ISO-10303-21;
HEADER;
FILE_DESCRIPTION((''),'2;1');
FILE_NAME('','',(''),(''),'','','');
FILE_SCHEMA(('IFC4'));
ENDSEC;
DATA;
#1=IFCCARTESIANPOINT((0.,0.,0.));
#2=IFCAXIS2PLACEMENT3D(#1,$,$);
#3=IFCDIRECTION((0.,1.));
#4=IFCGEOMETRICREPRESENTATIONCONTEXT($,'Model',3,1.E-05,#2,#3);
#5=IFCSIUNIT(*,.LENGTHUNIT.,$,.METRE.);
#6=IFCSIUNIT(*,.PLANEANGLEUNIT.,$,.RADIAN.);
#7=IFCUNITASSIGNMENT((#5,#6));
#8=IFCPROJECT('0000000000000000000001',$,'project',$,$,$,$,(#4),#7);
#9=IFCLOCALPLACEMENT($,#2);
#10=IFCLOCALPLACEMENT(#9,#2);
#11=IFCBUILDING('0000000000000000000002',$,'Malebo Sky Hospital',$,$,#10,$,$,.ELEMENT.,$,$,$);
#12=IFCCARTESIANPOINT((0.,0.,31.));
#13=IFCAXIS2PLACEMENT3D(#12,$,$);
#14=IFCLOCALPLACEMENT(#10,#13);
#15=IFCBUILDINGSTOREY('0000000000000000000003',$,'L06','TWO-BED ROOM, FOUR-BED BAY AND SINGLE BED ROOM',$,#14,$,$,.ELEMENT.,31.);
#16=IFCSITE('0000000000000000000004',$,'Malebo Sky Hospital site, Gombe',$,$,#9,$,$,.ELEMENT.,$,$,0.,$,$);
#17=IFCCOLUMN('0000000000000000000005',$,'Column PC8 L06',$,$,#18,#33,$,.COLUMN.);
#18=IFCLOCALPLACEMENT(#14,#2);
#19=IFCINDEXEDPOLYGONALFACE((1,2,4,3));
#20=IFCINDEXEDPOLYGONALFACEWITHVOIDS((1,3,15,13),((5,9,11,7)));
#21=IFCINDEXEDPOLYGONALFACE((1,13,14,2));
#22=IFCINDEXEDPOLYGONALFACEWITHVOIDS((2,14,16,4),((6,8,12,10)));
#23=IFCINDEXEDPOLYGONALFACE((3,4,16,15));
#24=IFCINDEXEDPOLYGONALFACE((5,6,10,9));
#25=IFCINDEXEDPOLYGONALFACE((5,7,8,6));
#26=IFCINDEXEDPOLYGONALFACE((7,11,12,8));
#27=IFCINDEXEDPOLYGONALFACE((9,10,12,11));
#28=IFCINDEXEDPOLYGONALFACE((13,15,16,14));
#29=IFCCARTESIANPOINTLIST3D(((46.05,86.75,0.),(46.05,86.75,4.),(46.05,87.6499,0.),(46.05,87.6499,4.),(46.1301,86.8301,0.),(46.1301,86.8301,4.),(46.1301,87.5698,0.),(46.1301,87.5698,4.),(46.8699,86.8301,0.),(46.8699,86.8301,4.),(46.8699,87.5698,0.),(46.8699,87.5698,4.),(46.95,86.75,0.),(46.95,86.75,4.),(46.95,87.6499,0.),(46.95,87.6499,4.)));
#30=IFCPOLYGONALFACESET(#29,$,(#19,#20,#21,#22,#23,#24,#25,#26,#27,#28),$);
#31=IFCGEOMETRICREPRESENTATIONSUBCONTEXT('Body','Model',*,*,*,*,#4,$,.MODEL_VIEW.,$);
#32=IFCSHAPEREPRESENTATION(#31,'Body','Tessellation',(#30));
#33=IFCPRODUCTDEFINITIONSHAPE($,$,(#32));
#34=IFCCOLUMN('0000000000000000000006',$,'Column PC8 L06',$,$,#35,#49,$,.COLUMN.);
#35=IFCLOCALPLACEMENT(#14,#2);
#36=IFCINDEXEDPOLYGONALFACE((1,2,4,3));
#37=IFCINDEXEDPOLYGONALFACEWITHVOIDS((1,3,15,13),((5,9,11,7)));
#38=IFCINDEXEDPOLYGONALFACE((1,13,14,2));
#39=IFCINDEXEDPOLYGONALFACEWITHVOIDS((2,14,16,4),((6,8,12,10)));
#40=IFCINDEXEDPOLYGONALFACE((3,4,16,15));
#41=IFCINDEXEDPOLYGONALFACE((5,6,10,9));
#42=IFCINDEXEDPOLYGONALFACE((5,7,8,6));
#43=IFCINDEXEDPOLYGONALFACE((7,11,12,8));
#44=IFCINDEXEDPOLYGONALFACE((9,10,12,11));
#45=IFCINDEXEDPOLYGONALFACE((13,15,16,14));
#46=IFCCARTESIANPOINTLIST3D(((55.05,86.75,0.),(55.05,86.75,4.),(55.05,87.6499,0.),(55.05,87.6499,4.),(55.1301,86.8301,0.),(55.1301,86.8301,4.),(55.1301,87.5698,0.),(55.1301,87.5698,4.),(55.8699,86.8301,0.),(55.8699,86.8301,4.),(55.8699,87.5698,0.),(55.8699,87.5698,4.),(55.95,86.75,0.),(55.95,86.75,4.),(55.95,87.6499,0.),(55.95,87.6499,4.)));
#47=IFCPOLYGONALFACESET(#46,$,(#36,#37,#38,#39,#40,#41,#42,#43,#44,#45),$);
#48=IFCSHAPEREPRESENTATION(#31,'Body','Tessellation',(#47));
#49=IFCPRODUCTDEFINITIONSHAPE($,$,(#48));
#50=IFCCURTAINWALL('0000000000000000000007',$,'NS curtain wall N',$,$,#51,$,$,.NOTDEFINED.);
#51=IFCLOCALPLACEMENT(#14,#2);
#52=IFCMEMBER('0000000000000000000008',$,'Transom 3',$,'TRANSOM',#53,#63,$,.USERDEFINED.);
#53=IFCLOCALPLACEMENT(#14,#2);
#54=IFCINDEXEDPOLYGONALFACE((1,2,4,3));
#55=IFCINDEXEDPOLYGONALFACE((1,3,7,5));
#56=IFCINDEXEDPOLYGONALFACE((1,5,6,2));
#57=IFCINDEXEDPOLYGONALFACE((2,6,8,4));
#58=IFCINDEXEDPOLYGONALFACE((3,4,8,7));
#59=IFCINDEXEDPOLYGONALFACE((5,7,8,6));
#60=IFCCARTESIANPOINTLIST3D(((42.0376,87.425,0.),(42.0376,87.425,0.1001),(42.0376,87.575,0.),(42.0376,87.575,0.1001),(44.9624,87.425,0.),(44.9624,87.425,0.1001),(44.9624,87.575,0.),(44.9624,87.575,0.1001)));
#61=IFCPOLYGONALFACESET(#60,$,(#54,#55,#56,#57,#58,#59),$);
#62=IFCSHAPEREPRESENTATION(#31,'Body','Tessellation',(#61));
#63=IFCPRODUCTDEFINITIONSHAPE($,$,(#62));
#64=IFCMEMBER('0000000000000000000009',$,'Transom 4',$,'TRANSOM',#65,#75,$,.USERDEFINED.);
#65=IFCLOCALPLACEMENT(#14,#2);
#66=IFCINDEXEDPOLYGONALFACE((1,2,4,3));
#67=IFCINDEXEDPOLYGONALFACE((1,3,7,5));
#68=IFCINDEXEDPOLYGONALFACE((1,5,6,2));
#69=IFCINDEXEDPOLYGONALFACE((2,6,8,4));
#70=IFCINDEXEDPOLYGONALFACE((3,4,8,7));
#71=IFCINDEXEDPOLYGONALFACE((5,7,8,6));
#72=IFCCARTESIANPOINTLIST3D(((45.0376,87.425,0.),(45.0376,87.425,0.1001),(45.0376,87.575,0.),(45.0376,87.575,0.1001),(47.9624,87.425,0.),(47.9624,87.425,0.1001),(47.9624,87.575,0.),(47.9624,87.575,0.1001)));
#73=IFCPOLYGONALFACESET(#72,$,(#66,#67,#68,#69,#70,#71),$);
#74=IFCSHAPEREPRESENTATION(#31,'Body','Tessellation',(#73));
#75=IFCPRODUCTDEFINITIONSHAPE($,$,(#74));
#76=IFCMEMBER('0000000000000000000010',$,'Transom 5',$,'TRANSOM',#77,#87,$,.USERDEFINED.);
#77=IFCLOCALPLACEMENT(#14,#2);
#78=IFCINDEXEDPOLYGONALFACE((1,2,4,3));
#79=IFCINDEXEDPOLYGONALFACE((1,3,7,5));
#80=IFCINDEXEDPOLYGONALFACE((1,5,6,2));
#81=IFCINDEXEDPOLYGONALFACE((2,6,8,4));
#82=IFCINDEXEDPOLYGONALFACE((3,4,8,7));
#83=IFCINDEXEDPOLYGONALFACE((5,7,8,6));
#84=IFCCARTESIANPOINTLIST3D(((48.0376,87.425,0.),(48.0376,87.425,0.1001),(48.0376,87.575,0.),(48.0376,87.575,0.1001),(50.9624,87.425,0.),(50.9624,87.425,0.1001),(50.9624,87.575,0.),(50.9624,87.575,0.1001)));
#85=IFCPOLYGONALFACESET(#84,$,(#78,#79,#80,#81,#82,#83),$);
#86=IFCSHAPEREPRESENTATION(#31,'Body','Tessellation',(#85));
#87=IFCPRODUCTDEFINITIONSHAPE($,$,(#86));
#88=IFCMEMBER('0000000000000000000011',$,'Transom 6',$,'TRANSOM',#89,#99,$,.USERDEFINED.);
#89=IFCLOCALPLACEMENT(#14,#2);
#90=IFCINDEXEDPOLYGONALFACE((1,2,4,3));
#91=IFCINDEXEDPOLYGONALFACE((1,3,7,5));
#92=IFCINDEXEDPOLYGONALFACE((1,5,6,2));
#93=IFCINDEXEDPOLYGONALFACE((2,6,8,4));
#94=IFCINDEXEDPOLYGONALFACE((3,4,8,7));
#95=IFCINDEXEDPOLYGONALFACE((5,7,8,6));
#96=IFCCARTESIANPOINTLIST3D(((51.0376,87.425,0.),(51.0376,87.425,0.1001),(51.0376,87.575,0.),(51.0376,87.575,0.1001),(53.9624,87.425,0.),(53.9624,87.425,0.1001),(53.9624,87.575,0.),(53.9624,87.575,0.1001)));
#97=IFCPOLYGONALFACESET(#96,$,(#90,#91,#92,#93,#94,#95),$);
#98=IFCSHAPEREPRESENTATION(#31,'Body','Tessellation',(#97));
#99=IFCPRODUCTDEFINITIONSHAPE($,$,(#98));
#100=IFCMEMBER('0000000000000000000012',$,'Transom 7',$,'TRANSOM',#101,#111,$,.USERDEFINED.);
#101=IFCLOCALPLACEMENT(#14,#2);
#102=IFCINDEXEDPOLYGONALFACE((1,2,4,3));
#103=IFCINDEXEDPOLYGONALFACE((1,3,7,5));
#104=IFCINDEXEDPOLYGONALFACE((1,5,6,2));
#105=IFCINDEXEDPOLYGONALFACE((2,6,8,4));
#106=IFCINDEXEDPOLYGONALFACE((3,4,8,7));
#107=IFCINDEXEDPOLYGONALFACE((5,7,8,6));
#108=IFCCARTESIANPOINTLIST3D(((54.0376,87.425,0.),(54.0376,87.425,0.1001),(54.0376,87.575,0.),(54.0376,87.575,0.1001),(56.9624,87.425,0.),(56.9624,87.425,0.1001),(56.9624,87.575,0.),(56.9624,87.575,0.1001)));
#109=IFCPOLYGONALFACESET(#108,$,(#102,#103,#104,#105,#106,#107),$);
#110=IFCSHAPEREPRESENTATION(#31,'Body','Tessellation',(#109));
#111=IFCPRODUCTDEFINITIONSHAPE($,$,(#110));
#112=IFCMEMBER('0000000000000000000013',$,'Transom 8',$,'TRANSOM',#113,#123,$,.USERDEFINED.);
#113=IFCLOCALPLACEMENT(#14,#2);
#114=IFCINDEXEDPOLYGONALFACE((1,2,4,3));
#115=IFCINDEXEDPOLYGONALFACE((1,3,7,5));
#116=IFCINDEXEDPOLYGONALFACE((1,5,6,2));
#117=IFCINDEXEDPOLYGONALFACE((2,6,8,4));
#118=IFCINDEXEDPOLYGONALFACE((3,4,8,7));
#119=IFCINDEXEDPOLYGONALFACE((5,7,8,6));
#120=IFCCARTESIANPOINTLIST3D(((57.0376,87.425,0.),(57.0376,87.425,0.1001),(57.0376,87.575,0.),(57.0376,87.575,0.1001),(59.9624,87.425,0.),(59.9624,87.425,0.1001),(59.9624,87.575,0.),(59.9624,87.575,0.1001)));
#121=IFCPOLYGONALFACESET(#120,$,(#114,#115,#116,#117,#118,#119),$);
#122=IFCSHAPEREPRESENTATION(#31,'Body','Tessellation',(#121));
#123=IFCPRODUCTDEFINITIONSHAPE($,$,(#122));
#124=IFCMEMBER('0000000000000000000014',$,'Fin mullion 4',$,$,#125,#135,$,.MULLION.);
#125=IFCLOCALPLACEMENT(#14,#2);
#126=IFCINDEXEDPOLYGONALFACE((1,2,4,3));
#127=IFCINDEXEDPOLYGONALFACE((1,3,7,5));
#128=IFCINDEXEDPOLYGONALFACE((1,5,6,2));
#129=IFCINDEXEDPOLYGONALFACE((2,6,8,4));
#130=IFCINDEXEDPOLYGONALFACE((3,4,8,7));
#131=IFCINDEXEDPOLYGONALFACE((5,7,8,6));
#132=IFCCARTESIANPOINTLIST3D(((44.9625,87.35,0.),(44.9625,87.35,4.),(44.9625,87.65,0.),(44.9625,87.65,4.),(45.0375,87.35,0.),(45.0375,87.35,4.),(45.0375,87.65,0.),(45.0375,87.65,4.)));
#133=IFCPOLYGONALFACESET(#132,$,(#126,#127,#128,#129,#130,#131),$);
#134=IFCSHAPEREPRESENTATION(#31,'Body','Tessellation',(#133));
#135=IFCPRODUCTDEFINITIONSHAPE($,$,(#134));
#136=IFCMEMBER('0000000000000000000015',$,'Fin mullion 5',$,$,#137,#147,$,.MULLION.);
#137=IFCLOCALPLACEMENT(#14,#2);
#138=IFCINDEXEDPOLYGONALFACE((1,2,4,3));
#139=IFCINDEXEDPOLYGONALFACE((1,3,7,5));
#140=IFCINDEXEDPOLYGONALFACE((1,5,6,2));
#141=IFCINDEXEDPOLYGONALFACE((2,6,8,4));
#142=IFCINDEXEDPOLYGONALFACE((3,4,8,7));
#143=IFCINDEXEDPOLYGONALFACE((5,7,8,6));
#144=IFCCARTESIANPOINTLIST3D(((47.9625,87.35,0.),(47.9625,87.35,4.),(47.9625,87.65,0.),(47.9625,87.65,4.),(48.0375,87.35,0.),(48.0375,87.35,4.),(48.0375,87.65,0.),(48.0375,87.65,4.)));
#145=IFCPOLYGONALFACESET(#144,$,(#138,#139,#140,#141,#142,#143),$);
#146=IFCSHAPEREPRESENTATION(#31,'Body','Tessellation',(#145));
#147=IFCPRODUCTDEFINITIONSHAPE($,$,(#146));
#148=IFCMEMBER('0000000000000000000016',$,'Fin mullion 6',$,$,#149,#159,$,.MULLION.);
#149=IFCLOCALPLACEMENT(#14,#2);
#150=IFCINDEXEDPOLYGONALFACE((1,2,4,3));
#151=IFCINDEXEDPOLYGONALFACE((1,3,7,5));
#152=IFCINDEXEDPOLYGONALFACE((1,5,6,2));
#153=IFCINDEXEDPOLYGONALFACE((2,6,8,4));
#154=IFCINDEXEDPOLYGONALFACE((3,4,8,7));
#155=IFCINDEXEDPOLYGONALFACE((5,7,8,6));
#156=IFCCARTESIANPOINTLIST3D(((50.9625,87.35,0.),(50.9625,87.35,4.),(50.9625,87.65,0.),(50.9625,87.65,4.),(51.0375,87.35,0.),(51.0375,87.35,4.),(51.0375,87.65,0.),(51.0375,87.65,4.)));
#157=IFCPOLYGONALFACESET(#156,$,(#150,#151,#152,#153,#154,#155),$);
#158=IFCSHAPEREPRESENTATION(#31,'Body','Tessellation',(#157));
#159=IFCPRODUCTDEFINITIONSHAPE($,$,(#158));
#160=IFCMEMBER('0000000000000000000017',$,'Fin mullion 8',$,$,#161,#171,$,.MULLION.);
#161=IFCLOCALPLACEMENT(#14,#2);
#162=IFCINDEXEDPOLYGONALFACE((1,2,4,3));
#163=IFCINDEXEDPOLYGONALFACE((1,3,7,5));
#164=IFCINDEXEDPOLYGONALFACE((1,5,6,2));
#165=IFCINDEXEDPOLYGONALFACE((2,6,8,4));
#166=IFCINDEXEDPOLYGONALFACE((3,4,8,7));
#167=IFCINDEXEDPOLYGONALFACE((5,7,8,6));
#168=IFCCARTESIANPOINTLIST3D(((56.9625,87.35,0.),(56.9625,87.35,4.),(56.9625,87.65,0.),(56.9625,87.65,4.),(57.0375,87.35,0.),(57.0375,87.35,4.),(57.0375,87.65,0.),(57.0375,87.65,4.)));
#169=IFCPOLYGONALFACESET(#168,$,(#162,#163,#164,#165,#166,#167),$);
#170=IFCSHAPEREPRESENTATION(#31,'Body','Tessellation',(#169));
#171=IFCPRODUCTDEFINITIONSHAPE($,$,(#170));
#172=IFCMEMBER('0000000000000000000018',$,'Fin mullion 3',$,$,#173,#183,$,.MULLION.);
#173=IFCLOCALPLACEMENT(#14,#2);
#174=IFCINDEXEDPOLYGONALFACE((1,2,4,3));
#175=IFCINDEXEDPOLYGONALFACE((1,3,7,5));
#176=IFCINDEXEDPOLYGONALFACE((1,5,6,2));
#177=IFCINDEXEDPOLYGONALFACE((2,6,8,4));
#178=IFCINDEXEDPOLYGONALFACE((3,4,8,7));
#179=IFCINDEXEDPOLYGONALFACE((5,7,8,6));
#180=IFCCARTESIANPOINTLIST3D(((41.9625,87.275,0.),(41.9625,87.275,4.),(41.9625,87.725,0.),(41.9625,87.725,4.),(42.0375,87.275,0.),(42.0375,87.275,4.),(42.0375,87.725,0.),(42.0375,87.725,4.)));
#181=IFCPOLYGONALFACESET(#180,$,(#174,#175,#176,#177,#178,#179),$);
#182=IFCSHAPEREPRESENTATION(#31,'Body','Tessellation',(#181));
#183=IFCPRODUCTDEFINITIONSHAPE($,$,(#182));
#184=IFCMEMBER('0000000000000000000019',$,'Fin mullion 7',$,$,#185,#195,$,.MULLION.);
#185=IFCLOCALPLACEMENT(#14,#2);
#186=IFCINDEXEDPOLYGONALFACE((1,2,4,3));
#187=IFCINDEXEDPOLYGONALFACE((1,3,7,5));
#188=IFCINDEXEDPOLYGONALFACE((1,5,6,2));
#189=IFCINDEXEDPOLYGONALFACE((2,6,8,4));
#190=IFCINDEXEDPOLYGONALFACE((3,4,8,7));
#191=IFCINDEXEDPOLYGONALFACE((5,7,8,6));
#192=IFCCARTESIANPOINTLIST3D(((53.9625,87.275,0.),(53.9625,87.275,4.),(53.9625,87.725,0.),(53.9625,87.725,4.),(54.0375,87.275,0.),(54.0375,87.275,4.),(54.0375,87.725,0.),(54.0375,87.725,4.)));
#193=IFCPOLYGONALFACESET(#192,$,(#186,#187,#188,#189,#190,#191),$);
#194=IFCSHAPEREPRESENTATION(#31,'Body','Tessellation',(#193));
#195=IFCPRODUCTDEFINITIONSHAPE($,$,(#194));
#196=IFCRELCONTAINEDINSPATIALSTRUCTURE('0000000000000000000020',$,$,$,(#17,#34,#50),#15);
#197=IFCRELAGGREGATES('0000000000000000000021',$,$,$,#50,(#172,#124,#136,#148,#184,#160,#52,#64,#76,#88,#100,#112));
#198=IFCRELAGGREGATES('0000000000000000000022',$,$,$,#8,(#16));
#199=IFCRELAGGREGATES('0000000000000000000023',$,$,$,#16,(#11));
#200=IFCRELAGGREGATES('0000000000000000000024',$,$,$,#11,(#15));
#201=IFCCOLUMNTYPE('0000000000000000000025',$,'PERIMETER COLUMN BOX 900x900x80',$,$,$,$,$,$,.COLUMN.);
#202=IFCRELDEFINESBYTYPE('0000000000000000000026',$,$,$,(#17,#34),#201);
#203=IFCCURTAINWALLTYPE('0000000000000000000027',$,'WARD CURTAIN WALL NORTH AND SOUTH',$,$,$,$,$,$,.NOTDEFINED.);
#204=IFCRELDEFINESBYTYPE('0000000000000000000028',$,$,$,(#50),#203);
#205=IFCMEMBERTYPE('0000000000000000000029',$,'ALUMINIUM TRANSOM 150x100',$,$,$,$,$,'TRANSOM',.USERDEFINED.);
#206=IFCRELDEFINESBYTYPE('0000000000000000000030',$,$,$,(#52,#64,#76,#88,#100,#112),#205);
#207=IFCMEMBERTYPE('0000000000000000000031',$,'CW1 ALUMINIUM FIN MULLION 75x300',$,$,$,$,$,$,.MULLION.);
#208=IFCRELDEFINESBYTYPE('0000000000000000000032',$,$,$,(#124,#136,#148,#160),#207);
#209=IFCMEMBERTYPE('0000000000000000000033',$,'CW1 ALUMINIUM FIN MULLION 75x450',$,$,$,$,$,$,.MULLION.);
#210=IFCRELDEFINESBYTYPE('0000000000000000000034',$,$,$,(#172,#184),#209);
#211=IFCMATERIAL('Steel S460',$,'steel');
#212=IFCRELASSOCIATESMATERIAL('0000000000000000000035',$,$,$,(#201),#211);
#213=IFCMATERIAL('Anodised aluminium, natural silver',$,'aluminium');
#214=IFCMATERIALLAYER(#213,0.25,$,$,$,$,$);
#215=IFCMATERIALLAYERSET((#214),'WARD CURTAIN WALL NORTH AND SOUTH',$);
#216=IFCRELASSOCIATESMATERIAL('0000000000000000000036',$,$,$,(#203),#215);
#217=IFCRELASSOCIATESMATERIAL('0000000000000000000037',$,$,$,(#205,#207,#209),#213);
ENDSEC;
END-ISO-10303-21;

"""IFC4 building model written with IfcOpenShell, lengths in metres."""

from ifc_helpers import new_model, si_unit, direction, frame, origin, origin_2d, place, context, subcontext, project, spatial, rectangle, hollow_rectangle, extrude, material, layer, layer_set, material_profile, profile_set, type_object, element, aggregate, save


model = new_model("IFC4")

# Units and contexts
model_context = context("Model", 3, precision=1e-05, world=origin(), true_north=direction((0.0, 1.0)))
body_context = subcontext(model_context, "Body", "Model", "MODEL_VIEW")
ifc_project = project(units=[si_unit("LENGTHUNIT", "METRE"), si_unit("PLANEANGLEUNIT", "RADIAN")], contexts=[model_context])

# Site, building, storey
site_placement = place(None, origin())
site = spatial("IfcSite", under=ifc_project, at=site_placement, Name="Malebo Sky Hospital site, Gombe", CompositionType="ELEMENT", RefElevation=0.0)
building_placement = place(site_placement, origin())
building = spatial("IfcBuilding", under=site, at=building_placement, Name="Malebo Sky Hospital", CompositionType="ELEMENT")
storey_placement = place(building_placement, frame((0.0, 0.0, 31.0)))
storey = spatial("IfcBuildingStorey", under=building, at=storey_placement, Name="L06", Description="TWO-BED ROOM, FOUR-BED BAY AND SINGLE BED ROOM", CompositionType="ELEMENT", Elevation=31.0)

# Columns
ifc_material_1 = material(Name="Steel S460", Category="steel")
ifc_material_profile_1 = material_profile(ifc_material_1, hollow_rectangle(XDim=0.8999, YDim=0.8999, WallThickness=0.0801, at=origin_2d()), Name="BOX 900x900x80")
ifc_profile_set_1 = profile_set([ifc_material_profile_1], Name="Steel S460")
column_type = type_object("IfcColumnType", Name="PERIMETER COLUMN BOX 900x900x80", PredefinedType="COLUMN", material=ifc_profile_set_1)
for number, where, z_axis, x_axis, name in (
    (1, (46.5, 87.2, 0.0), (0.0, 0.0, 1.0), (1.0, 0.0, 0.0), "Column PC8 L06"),
    (2, (55.5, 87.2, 0.0), (0.0, 0.0, 1.0), (1.0, 0.0, 0.0), "Column PC8 L06"),
):
    element("IfcColumn", number, at=place(storey_placement, frame(where, z_axis=z_axis, x_axis=x_axis)), inside=storey, type_object=column_type, Name=name, PredefinedType="COLUMN", context=body_context, shape_type="SweptSolid", body=[
        extrude(hollow_rectangle(XDim=0.8999, YDim=0.8999, WallThickness=0.0801, at=origin_2d()), origin(), (0.0, 0.0, 1.0), 4.0),
    ])

# Curtain wall, members
ifc_material_2 = material(Name="Anodised aluminium, natural silver", Category="aluminium")
ifc_layer_1 = layer(ifc_material_2, 0.25)
ifc_layer_set_1 = layer_set([ifc_layer_1], Name="WARD CURTAIN WALL NORTH AND SOUTH")
curtain_wall_type = type_object("IfcCurtainWallType", Name="WARD CURTAIN WALL NORTH AND SOUTH", PredefinedType="NOTDEFINED", material=ifc_layer_set_1)
curtain_wall_placement = place(storey_placement, origin())
curtain_wall = element("IfcCurtainWall", 3, at=curtain_wall_placement, inside=storey, type_object=curtain_wall_type, Name="NS curtain wall N", PredefinedType="NOTDEFINED")
ifc_material_profile_2 = material_profile(ifc_material_2, rectangle(XDim=0.1499, YDim=0.1001, at=origin_2d()), Name="ALUMINIUM TRANSOM 150x100")
ifc_profile_set_2 = profile_set([ifc_material_profile_2], Name="Anodised aluminium, natural silver")
member_type_1 = type_object("IfcMemberType", Name="ALUMINIUM TRANSOM 150x100", ElementType="TRANSOM", PredefinedType="USERDEFINED", material=ifc_profile_set_2)
member_1_placement = place(storey_placement, frame((42.0376, 87.5, 0.05), z_axis=(1.0, 0.0, 0.0), x_axis=(0.0, 1.0, 0.0)))
member_1 = element("IfcMember", 4, at=member_1_placement, type_object=member_type_1, Name="Transom 3", ObjectType="TRANSOM", PredefinedType="USERDEFINED", context=body_context, shape_type="SweptSolid", body=[
    extrude(rectangle(XDim=0.1499, YDim=0.1001, at=origin_2d()), origin(), (0.0, 0.0, 1.0), 2.9248),
])
member_2_placement = place(storey_placement, frame((45.0376, 87.5, 0.05), z_axis=(1.0, 0.0, 0.0), x_axis=(0.0, 1.0, 0.0)))
member_2 = element("IfcMember", 5, at=member_2_placement, type_object=member_type_1, Name="Transom 4", ObjectType="TRANSOM", PredefinedType="USERDEFINED", context=body_context, shape_type="SweptSolid", body=[
    extrude(rectangle(XDim=0.1499, YDim=0.1001, at=origin_2d()), origin(), (0.0, 0.0, 1.0), 2.9248),
])
member_3_placement = place(storey_placement, frame((48.0376, 87.5, 0.05), z_axis=(1.0, 0.0, 0.0), x_axis=(0.0, 1.0, 0.0)))
member_3 = element("IfcMember", 6, at=member_3_placement, type_object=member_type_1, Name="Transom 5", ObjectType="TRANSOM", PredefinedType="USERDEFINED", context=body_context, shape_type="SweptSolid", body=[
    extrude(rectangle(XDim=0.1499, YDim=0.1001, at=origin_2d()), origin(), (0.0, 0.0, 1.0), 2.9248),
])
member_4_placement = place(storey_placement, frame((51.0376, 87.5, 0.05), z_axis=(1.0, 0.0, 0.0), x_axis=(0.0, 1.0, 0.0)))
member_4 = element("IfcMember", 7, at=member_4_placement, type_object=member_type_1, Name="Transom 6", ObjectType="TRANSOM", PredefinedType="USERDEFINED", context=body_context, shape_type="SweptSolid", body=[
    extrude(rectangle(XDim=0.1499, YDim=0.1001, at=origin_2d()), origin(), (0.0, 0.0, 1.0), 2.9248),
])
member_5_placement = place(storey_placement, frame((54.0376, 87.5, 0.05), z_axis=(1.0, 0.0, 0.0), x_axis=(0.0, 1.0, 0.0)))
member_5 = element("IfcMember", 8, at=member_5_placement, type_object=member_type_1, Name="Transom 7", ObjectType="TRANSOM", PredefinedType="USERDEFINED", context=body_context, shape_type="SweptSolid", body=[
    extrude(rectangle(XDim=0.1499, YDim=0.1001, at=origin_2d()), origin(), (0.0, 0.0, 1.0), 2.9248),
])
member_6_placement = place(storey_placement, frame((57.0376, 87.5, 0.05), z_axis=(1.0, 0.0, 0.0), x_axis=(0.0, 1.0, 0.0)))
member_6 = element("IfcMember", 9, at=member_6_placement, type_object=member_type_1, Name="Transom 8", ObjectType="TRANSOM", PredefinedType="USERDEFINED", context=body_context, shape_type="SweptSolid", body=[
    extrude(rectangle(XDim=0.1499, YDim=0.1001, at=origin_2d()), origin(), (0.0, 0.0, 1.0), 2.9248),
])
ifc_material_profile_3 = material_profile(ifc_material_2, rectangle(XDim=0.075, YDim=0.3, at=origin_2d()), Name="CW1 ALUMINIUM FIN MULLION 75x300")
ifc_profile_set_3 = profile_set([ifc_material_profile_3], Name="Anodised aluminium, natural silver")
member_type_2 = type_object("IfcMemberType", Name="CW1 ALUMINIUM FIN MULLION 75x300", PredefinedType="MULLION", material=ifc_profile_set_3)
member_7_placement = place(storey_placement, frame((45.0, 87.5, 0.0), z_axis=(0.0, 0.0, 1.0), x_axis=(1.0, 0.0, 0.0)))
member_7 = element("IfcMember", 10, at=member_7_placement, type_object=member_type_2, Name="Fin mullion 4", PredefinedType="MULLION", context=body_context, shape_type="SweptSolid", body=[
    extrude(rectangle(XDim=0.075, YDim=0.3, at=origin_2d()), origin(), (0.0, 0.0, 1.0), 4.0),
])
member_8_placement = place(storey_placement, frame((48.0, 87.5, 0.0), z_axis=(0.0, 0.0, 1.0), x_axis=(1.0, 0.0, 0.0)))
member_8 = element("IfcMember", 11, at=member_8_placement, type_object=member_type_2, Name="Fin mullion 5", PredefinedType="MULLION", context=body_context, shape_type="SweptSolid", body=[
    extrude(rectangle(XDim=0.075, YDim=0.3, at=origin_2d()), origin(), (0.0, 0.0, 1.0), 4.0),
])
member_9_placement = place(storey_placement, frame((51.0, 87.5, 0.0), z_axis=(0.0, 0.0, 1.0), x_axis=(1.0, 0.0, 0.0)))
member_9 = element("IfcMember", 12, at=member_9_placement, type_object=member_type_2, Name="Fin mullion 6", PredefinedType="MULLION", context=body_context, shape_type="SweptSolid", body=[
    extrude(rectangle(XDim=0.075, YDim=0.3, at=origin_2d()), origin(), (0.0, 0.0, 1.0), 4.0),
])
member_10_placement = place(storey_placement, frame((57.0, 87.5, 0.0), z_axis=(0.0, 0.0, 1.0), x_axis=(1.0, 0.0, 0.0)))
member_10 = element("IfcMember", 13, at=member_10_placement, type_object=member_type_2, Name="Fin mullion 8", PredefinedType="MULLION", context=body_context, shape_type="SweptSolid", body=[
    extrude(rectangle(XDim=0.075, YDim=0.3, at=origin_2d()), origin(), (0.0, 0.0, 1.0), 4.0),
])
ifc_material_profile_4 = material_profile(ifc_material_2, rectangle(XDim=0.075, YDim=0.45, at=origin_2d()), Name="CW1 ALUMINIUM FIN MULLION 75x450")
ifc_profile_set_4 = profile_set([ifc_material_profile_4], Name="Anodised aluminium, natural silver")
member_type_3 = type_object("IfcMemberType", Name="CW1 ALUMINIUM FIN MULLION 75x450", PredefinedType="MULLION", material=ifc_profile_set_4)
member_11_placement = place(storey_placement, frame((42.0, 87.5, 0.0), z_axis=(0.0, 0.0, 1.0), x_axis=(1.0, 0.0, 0.0)))
member_11 = element("IfcMember", 14, at=member_11_placement, type_object=member_type_3, Name="Fin mullion 3", PredefinedType="MULLION", context=body_context, shape_type="SweptSolid", body=[
    extrude(rectangle(XDim=0.075, YDim=0.45, at=origin_2d()), origin(), (0.0, 0.0, 1.0), 4.0),
])
member_12_placement = place(storey_placement, frame((54.0, 87.5, 0.0), z_axis=(0.0, 0.0, 1.0), x_axis=(1.0, 0.0, 0.0)))
member_12 = element("IfcMember", 15, at=member_12_placement, type_object=member_type_3, Name="Fin mullion 7", PredefinedType="MULLION", context=body_context, shape_type="SweptSolid", body=[
    extrude(rectangle(XDim=0.075, YDim=0.45, at=origin_2d()), origin(), (0.0, 0.0, 1.0), 4.0),
])

aggregate(curtain_wall, [member_11, member_7, member_8, member_9, member_12, member_10, member_1, member_2, member_3, member_4, member_5, member_6])

save(model, "model.ifc")
